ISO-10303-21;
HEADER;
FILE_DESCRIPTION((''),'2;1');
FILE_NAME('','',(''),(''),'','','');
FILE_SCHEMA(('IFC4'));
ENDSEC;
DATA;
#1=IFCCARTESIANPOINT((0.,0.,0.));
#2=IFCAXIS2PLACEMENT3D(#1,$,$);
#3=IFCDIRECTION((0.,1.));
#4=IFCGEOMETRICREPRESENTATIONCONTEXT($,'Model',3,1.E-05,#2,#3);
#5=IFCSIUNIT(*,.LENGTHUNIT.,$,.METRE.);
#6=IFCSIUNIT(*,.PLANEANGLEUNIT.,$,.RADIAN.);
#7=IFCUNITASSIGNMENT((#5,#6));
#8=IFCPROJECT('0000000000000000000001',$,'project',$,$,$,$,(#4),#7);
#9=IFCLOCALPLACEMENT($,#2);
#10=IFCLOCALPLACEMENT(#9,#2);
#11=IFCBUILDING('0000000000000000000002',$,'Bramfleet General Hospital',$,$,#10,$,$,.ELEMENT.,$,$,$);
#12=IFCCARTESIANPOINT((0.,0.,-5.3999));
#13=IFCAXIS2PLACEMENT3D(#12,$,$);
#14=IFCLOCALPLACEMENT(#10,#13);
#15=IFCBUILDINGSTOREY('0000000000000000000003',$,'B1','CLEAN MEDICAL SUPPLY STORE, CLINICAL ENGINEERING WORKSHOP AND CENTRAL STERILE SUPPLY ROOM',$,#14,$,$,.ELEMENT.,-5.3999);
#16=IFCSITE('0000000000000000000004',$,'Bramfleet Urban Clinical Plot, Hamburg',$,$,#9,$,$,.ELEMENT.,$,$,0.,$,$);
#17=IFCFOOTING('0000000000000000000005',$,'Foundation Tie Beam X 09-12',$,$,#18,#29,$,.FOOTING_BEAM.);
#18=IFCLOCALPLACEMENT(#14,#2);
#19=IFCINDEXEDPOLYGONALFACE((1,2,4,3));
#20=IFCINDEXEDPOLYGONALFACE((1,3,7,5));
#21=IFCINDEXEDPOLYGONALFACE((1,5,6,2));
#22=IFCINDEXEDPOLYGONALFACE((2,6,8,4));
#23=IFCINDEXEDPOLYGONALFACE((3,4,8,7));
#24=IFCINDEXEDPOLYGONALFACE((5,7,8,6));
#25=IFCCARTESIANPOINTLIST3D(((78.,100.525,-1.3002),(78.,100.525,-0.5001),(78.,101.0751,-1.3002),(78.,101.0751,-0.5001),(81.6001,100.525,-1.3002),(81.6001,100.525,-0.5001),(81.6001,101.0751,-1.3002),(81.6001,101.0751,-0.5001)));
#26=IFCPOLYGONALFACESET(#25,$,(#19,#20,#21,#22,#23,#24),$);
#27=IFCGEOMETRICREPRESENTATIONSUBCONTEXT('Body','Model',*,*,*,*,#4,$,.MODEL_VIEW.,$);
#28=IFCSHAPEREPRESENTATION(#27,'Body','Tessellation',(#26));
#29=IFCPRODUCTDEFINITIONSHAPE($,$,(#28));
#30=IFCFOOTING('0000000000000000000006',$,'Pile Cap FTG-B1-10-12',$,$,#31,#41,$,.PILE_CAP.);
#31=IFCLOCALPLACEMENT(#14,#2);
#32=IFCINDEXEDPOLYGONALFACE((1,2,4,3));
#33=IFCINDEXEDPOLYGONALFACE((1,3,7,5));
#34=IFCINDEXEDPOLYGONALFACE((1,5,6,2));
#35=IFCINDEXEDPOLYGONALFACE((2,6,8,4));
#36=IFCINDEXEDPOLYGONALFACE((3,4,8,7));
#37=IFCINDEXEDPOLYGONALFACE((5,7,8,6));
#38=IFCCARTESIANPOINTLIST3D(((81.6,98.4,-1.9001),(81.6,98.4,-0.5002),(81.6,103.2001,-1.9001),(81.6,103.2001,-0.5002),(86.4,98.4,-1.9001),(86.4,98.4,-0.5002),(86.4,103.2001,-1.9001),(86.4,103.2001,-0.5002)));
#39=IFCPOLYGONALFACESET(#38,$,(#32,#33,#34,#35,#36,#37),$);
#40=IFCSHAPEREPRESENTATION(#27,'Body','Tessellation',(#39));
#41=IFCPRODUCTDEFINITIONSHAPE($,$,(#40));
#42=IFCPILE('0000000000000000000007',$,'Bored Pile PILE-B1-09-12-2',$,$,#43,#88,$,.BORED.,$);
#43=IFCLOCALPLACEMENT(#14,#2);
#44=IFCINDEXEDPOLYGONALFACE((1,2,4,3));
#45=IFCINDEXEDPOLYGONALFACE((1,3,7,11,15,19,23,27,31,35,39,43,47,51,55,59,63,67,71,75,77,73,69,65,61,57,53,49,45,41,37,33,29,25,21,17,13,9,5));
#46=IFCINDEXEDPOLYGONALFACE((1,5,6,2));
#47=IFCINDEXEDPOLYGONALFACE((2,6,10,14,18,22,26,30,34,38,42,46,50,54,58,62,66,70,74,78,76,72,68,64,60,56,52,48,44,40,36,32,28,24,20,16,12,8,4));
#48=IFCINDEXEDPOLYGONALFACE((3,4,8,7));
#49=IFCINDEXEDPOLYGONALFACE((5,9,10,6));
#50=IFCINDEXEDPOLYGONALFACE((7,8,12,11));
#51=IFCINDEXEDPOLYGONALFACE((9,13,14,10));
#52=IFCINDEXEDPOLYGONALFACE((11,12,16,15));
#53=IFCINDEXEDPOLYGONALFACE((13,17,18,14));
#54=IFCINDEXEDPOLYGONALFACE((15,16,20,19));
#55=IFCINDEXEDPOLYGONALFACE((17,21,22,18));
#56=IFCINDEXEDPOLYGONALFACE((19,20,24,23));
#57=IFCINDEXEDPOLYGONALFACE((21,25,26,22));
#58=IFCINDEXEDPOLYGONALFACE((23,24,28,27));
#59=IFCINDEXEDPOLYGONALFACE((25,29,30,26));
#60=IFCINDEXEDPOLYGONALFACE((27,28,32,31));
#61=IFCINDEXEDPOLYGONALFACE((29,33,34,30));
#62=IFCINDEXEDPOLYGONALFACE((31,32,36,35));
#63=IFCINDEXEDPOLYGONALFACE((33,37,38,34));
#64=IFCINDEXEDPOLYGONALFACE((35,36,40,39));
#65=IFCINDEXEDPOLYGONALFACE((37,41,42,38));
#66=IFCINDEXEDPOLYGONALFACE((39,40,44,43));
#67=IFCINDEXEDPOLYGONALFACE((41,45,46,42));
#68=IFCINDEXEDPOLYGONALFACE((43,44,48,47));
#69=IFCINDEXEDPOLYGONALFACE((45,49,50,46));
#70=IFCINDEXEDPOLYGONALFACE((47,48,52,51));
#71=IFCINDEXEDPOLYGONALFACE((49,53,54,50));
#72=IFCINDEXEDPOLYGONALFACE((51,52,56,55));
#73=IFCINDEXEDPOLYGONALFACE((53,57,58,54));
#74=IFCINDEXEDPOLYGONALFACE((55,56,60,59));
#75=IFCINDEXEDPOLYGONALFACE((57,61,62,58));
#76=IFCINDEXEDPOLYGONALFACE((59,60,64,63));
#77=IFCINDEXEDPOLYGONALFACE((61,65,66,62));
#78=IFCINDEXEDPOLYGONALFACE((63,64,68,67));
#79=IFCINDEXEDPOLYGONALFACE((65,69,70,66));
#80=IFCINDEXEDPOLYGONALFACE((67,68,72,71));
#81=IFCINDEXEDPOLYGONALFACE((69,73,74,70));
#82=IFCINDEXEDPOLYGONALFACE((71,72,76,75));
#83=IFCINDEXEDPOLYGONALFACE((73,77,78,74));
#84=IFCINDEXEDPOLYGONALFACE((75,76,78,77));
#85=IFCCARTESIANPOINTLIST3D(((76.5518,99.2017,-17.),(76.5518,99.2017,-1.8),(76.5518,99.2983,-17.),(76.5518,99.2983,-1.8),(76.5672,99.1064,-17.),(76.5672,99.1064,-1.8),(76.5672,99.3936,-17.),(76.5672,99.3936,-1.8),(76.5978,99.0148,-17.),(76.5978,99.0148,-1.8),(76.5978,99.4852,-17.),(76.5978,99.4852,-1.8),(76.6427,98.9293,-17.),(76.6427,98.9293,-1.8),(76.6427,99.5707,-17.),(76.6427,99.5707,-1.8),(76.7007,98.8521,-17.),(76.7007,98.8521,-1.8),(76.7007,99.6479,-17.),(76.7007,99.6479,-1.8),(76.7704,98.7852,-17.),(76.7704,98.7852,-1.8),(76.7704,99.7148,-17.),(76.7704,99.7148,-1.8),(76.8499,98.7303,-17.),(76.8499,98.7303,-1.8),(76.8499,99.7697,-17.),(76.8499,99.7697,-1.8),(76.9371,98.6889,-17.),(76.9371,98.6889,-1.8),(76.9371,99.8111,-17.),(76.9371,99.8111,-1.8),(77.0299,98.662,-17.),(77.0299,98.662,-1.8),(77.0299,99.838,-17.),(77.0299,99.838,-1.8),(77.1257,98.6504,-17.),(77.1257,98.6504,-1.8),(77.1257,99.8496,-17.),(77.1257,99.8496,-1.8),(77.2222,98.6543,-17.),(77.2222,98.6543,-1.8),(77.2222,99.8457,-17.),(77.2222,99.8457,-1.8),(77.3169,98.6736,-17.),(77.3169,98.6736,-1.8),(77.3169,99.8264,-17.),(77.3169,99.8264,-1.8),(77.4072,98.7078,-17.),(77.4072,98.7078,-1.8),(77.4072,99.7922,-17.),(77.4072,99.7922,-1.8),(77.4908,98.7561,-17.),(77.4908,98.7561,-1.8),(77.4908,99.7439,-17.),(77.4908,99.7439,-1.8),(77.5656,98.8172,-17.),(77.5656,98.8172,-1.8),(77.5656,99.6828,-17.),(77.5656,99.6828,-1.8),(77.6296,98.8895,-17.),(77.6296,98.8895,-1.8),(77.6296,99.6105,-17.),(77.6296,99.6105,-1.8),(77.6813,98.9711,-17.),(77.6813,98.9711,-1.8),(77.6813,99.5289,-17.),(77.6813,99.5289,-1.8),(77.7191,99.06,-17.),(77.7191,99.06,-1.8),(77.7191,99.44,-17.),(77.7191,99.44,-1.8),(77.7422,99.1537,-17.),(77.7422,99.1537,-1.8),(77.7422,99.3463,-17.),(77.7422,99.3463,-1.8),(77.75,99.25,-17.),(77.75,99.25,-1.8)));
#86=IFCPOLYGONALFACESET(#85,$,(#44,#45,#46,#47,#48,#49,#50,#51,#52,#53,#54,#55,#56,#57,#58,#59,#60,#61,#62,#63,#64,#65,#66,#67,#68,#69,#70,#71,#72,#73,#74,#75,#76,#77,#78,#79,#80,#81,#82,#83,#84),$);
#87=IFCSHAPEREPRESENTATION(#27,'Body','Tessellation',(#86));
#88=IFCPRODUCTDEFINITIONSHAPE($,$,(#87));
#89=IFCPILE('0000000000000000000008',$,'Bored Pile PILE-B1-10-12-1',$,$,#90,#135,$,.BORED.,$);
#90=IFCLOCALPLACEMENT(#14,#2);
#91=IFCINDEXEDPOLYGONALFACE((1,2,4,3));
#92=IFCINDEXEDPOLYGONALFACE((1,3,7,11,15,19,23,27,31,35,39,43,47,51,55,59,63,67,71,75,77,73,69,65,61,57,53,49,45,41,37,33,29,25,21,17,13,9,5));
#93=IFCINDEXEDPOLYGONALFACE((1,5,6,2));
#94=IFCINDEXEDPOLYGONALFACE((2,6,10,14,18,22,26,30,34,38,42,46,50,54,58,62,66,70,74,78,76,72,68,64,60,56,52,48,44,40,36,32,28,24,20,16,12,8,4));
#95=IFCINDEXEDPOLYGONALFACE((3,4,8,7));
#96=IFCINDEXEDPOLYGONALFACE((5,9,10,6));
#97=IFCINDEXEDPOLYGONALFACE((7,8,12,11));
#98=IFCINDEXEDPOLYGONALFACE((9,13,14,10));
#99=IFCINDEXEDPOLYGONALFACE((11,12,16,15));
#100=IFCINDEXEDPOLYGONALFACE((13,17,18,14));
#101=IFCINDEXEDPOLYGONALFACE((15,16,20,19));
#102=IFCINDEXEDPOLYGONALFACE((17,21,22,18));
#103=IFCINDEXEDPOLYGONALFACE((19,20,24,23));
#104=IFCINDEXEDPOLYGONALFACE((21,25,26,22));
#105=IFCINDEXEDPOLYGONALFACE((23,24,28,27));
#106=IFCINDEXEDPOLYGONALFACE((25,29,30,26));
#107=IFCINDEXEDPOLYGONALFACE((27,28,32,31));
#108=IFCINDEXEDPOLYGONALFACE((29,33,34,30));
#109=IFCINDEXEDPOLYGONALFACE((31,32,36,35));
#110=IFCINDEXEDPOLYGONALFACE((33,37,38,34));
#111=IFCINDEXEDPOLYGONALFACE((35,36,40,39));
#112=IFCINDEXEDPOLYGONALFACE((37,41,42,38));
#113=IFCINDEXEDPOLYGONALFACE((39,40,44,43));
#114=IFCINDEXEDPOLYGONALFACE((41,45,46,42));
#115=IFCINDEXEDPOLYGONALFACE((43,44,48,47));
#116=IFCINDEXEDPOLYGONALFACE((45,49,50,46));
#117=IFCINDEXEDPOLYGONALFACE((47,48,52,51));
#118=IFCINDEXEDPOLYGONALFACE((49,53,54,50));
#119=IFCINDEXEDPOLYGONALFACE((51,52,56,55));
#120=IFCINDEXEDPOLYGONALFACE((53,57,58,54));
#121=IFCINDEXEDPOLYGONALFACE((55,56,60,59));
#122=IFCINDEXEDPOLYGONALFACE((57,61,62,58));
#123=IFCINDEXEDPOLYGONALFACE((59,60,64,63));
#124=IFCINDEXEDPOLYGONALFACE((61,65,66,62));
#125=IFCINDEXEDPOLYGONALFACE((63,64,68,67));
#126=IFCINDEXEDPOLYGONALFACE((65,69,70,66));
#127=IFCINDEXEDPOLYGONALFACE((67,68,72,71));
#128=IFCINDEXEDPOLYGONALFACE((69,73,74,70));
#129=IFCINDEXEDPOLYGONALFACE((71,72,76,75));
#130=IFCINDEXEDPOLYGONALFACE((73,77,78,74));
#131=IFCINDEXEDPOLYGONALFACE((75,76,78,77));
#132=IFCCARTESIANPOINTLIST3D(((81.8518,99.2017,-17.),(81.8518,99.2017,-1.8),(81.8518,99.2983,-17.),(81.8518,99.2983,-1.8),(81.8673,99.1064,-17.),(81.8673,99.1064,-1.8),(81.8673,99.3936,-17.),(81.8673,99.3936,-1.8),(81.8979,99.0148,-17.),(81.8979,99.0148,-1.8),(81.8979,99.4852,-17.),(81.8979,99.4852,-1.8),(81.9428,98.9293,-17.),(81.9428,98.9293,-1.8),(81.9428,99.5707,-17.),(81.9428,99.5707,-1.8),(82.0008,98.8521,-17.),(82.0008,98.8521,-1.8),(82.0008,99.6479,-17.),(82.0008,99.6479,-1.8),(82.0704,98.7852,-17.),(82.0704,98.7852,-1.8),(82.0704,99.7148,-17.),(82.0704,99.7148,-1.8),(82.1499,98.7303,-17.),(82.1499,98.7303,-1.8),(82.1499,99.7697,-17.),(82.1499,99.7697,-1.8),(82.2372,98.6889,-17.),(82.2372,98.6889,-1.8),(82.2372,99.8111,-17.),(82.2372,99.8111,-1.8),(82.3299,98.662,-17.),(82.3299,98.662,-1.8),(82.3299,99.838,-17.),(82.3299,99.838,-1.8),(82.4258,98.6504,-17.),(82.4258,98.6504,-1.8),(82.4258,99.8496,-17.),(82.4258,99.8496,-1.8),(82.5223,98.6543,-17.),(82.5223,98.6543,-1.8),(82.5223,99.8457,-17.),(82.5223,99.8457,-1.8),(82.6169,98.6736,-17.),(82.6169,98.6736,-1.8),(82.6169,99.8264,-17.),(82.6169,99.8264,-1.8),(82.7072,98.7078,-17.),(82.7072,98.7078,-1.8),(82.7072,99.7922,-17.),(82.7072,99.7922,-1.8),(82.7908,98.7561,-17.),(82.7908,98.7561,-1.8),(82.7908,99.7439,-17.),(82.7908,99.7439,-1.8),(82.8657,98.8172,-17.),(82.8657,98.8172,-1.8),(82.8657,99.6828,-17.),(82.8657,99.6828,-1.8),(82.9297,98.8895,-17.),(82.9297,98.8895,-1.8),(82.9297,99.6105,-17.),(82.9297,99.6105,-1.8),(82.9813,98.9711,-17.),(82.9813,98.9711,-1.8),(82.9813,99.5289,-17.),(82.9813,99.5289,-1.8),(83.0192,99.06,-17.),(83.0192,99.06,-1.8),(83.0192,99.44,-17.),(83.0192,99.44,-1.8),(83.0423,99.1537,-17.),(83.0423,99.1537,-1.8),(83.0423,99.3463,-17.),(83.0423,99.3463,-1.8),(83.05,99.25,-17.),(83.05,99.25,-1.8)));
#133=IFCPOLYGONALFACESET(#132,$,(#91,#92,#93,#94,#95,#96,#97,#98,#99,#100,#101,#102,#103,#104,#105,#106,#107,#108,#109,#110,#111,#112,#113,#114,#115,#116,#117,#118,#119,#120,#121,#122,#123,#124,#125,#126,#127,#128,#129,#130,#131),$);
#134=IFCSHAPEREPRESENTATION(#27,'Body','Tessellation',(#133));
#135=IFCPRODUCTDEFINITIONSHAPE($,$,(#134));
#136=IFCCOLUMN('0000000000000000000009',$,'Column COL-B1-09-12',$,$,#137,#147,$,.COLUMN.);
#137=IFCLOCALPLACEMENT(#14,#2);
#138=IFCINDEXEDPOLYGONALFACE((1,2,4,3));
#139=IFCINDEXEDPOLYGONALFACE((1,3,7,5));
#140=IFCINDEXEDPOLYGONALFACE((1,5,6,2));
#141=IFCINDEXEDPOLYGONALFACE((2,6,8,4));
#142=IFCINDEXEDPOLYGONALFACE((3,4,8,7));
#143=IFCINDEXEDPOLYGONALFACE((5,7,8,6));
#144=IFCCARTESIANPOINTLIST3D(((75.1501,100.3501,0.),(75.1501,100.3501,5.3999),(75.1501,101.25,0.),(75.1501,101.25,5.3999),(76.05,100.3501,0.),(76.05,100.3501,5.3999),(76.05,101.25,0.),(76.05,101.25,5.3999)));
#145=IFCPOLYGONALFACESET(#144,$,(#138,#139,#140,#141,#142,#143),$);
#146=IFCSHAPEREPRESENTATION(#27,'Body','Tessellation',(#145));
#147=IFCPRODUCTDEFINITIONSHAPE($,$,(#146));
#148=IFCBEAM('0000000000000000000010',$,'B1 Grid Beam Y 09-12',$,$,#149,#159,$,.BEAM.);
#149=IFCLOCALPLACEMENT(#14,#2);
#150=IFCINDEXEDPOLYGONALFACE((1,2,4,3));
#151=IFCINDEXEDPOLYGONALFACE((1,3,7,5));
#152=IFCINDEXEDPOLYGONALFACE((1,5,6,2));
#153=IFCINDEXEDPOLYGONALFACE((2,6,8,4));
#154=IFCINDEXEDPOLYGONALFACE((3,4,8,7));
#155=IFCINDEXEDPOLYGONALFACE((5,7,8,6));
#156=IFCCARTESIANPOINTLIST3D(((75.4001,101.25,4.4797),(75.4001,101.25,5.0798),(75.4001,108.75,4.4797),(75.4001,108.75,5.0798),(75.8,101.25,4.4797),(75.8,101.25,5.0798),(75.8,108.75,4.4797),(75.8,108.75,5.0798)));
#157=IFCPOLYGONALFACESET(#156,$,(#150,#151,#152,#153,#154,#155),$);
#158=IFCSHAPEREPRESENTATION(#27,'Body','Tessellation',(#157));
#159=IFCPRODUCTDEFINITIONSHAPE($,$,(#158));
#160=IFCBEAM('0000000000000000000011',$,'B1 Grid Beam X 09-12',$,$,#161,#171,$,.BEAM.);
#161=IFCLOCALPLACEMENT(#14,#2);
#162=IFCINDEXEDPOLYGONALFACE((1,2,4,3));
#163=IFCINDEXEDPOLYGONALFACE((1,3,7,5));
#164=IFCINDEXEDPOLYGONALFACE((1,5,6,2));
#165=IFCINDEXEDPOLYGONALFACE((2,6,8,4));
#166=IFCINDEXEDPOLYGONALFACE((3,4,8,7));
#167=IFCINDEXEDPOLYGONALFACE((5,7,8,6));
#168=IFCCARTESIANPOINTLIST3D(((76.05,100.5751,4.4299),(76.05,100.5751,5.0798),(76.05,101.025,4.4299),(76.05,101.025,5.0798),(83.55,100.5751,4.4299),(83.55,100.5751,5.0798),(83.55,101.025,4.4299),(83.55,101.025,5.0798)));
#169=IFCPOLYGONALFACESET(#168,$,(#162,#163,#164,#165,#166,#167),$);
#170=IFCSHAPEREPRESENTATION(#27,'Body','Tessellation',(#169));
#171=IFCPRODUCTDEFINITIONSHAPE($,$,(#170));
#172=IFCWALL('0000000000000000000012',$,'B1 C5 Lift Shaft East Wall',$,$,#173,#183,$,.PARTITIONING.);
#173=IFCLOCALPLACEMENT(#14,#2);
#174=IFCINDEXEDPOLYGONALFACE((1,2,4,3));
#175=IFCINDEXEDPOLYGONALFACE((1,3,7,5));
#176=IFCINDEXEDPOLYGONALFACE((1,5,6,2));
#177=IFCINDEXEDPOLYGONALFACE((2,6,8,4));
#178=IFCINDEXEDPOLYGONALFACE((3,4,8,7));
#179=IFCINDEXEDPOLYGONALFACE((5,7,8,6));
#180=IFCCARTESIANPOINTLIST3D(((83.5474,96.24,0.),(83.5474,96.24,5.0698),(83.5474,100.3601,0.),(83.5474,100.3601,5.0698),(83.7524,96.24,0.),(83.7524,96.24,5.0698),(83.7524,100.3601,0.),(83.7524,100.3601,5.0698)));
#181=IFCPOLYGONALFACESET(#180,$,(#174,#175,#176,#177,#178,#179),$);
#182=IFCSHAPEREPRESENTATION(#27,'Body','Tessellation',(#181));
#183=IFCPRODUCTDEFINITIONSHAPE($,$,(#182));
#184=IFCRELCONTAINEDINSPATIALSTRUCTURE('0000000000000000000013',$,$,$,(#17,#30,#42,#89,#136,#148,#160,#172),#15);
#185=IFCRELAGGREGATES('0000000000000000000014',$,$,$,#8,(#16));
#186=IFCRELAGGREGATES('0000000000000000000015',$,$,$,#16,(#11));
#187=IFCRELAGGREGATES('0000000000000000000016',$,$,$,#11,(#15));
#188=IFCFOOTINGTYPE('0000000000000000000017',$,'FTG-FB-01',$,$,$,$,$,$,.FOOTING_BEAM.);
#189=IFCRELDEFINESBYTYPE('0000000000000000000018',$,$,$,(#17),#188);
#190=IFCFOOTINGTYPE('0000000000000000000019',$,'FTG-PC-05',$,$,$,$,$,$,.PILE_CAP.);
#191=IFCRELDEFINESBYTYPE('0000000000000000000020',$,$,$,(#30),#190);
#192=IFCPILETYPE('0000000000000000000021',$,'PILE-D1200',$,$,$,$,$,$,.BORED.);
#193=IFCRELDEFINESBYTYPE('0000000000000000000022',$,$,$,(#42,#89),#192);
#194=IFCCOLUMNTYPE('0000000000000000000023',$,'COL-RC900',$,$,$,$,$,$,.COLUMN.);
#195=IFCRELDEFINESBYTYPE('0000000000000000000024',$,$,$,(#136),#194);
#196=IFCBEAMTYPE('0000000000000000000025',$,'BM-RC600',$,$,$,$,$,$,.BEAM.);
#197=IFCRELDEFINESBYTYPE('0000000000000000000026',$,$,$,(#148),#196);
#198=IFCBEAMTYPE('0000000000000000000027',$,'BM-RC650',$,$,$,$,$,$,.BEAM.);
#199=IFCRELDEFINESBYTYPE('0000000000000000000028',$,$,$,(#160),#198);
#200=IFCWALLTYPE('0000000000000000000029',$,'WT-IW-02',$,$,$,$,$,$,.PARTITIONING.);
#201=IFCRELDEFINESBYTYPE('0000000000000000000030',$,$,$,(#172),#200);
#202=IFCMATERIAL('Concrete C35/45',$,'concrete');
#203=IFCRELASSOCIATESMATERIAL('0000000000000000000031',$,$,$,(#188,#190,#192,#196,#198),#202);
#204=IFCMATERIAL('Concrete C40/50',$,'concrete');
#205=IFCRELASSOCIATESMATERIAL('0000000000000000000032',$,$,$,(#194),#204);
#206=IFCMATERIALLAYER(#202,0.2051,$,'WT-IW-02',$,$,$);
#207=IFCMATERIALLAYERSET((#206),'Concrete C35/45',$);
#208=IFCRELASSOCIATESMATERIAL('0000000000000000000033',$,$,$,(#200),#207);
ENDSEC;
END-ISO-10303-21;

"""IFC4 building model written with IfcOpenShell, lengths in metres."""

from ifc_helpers import new_model, si_unit, direction, frame, frame_2d, origin, origin_2d, place, context, subcontext, project, spatial, rectangle, circle, extrude, material, layer, layer_set, material_profile, profile_set, type_object, element, save


model = new_model("IFC4")

# Units and contexts
model_context = context("Model", 3, precision=1e-05, world=origin(), true_north=direction((0.0, 1.0)))
body_context = subcontext(model_context, "Body", "Model", "MODEL_VIEW")
ifc_project = project(units=[si_unit("LENGTHUNIT", "METRE"), si_unit("PLANEANGLEUNIT", "RADIAN")], contexts=[model_context])

# Site, building, storey
site_placement = place(None, origin())
site = spatial("IfcSite", under=ifc_project, at=site_placement, Name="Bramfleet Urban Clinical Plot, Hamburg", CompositionType="ELEMENT", RefElevation=0.0)
building_placement = place(site_placement, origin())
building = spatial("IfcBuilding", under=site, at=building_placement, Name="Bramfleet General Hospital", CompositionType="ELEMENT")
storey_placement = place(building_placement, frame((0.0, 0.0, -5.3999)))
storey = spatial("IfcBuildingStorey", under=building, at=storey_placement, Name="B1", Description="CLEAN MEDICAL SUPPLY STORE, CLINICAL ENGINEERING WORKSHOP AND CENTRAL STERILE SUPPLY ROOM", CompositionType="ELEMENT", Elevation=-5.3999)

# Footings
ifc_material_1 = material(Name="Concrete C35/45", Category="concrete")
ifc_material_profile_1 = material_profile(ifc_material_1, rectangle(XDim=0.55, YDim=0.8, at=origin_2d()), Name="RC FB 800x550")
ifc_profile_set_1 = profile_set([ifc_material_profile_1], Name="Concrete C35/45")
footing_type_1 = type_object("IfcFootingType", Name="FTG-FB-01", PredefinedType="FOOTING_BEAM", material=ifc_profile_set_1)
footing_1_placement = place(storey_placement, frame((78.0, 100.8, -0.9001), z_axis=(1.0, 0.0, 0.0), x_axis=(0.0, 1.0, 0.0)))
element("IfcFooting", 1, at=footing_1_placement, inside=storey, type_object=footing_type_1, Name="Foundation Tie Beam X 09-12", PredefinedType="FOOTING_BEAM", context=body_context, shape_type="SweptSolid", body=[
    extrude(rectangle(XDim=0.55, YDim=0.8, at=origin_2d()), origin(), (0.0, 0.0, 1.0), 3.6001),
])
footing_type_2 = type_object("IfcFootingType", Name="FTG-PC-05", PredefinedType="PILE_CAP", material=ifc_material_1)
footing_2_placement = place(storey_placement, frame((84.0, 100.8, -1.9001), z_axis=(0.0, 0.0, 1.0), x_axis=(1.0, 0.0, 0.0)))
element("IfcFooting", 2, at=footing_2_placement, inside=storey, type_object=footing_type_2, Name="Pile Cap FTG-B1-10-12", PredefinedType="PILE_CAP", context=body_context, shape_type="SweptSolid", body=[
    extrude(rectangle(XDim=4.8, YDim=4.8, at=origin_2d()), origin(), (0.0, 0.0, 1.0), 1.3999),
])

# Piles
ifc_material_profile_2 = material_profile(ifc_material_1, circle(Radius=0.6001, at=origin_2d()), Name="PILE BORED D1200")
ifc_profile_set_2 = profile_set([ifc_material_profile_2], Name="Concrete C35/45")
pile_type = type_object("IfcPileType", Name="PILE-D1200", PredefinedType="BORED", material=ifc_profile_set_2)
for number, where, z_axis, x_axis, name in (
    (3, (77.1499, 99.25, -1.8), (0.0, 0.0, -1.0), (1.0, 0.0, 0.0), "Bored Pile PILE-B1-09-12-2"),
    (4, (82.45, 99.25, -1.8), (0.0, 0.0, -1.0), (1.0, 0.0, 0.0), "Bored Pile PILE-B1-10-12-1"),
):
    element("IfcPile", number, at=place(storey_placement, frame(where, z_axis=z_axis, x_axis=x_axis)), inside=storey, type_object=pile_type, Name=name, PredefinedType="BORED", context=body_context, shape_type="SweptSolid", body=[
        extrude(circle(Radius=0.6001, at=origin_2d()), origin(), (0.0, 0.0, 1.0), 15.2),
    ])

# Column
ifc_material_2 = material(Name="Concrete C40/50", Category="concrete")
ifc_material_profile_3 = material_profile(ifc_material_2, rectangle(XDim=0.8999, YDim=0.8999, at=origin_2d()), Name="RC COL 900x900")
ifc_profile_set_3 = profile_set([ifc_material_profile_3], Name="Concrete C40/50")
column_type = type_object("IfcColumnType", Name="COL-RC900", PredefinedType="COLUMN", material=ifc_profile_set_3)
column_placement = place(storey_placement, frame((75.6001, 100.8, 0.0), z_axis=(0.0, 0.0, 1.0), x_axis=(1.0, 0.0, 0.0)))
element("IfcColumn", 5, at=column_placement, inside=storey, type_object=column_type, Name="Column COL-B1-09-12", PredefinedType="COLUMN", context=body_context, shape_type="SweptSolid", body=[
    extrude(rectangle(XDim=0.8999, YDim=0.8999, at=origin_2d()), origin(), (0.0, 0.0, 1.0), 5.3999),
])

# Beams
ifc_material_profile_4 = material_profile(ifc_material_1, rectangle(XDim=0.3999, YDim=0.6001, at=origin_2d()), Name="RC BM 600x400")
ifc_profile_set_4 = profile_set([ifc_material_profile_4], Name="Concrete C35/45")
beam_type_1 = type_object("IfcBeamType", Name="BM-RC600", PredefinedType="BEAM", material=ifc_profile_set_4)
beam_1_placement = place(storey_placement, frame((75.6001, 101.25, 4.7798), z_axis=(0.0, 1.0, 0.0), x_axis=(-1.0, 0.0, 0.0)))
element("IfcBeam", 6, at=beam_1_placement, inside=storey, type_object=beam_type_1, Name="B1 Grid Beam Y 09-12", PredefinedType="BEAM", context=body_context, shape_type="SweptSolid", body=[
    extrude(rectangle(XDim=0.3999, YDim=0.6001, at=origin_2d()), origin(), (0.0, 0.0, 1.0), 7.5),
])
ifc_material_profile_5 = material_profile(ifc_material_1, rectangle(XDim=0.45, YDim=0.6499, at=origin_2d()), Name="RC BM 650x450")
ifc_profile_set_5 = profile_set([ifc_material_profile_5], Name="Concrete C35/45")
beam_type_2 = type_object("IfcBeamType", Name="BM-RC650", PredefinedType="BEAM", material=ifc_profile_set_5)
beam_2_placement = place(storey_placement, frame((76.05, 100.8, 4.7549), z_axis=(1.0, 0.0, 0.0), x_axis=(0.0, 1.0, 0.0)))
element("IfcBeam", 7, at=beam_2_placement, inside=storey, type_object=beam_type_2, Name="B1 Grid Beam X 09-12", PredefinedType="BEAM", context=body_context, shape_type="SweptSolid", body=[
    extrude(rectangle(XDim=0.45, YDim=0.6499, at=origin_2d()), origin(), (0.0, 0.0, 1.0), 7.5),
])

# Shared definitions
ifc_layer_1 = layer(ifc_material_1, 0.2051, Name="WT-IW-02")
ifc_layer_set_1 = layer_set([ifc_layer_1], Name="Concrete C35/45")
wall_type_1 = type_object("IfcWallType", Name="WT-IW-02", PredefinedType="PARTITIONING", material=ifc_layer_set_1)

# Wall
wall_1_placement = place(storey_placement, frame((83.6499, 96.24, 0.0), z_axis=(0.0, 0.0, 1.0), x_axis=(0.0, 1.0, 0.0)))
element("IfcWall", 8, at=wall_1_placement, inside=storey, type_object=wall_type_1, Name="B1 C5 Lift Shaft East Wall", PredefinedType="PARTITIONING", context=body_context, shape_type="SweptSolid", body=[
    extrude(rectangle(XDim=4.1201, YDim=0.2051, at=frame_2d((2.0601, 0.0))), origin(), (0.0, 0.0, 1.0), 5.0698),
])

save(model, "model.ifc")
